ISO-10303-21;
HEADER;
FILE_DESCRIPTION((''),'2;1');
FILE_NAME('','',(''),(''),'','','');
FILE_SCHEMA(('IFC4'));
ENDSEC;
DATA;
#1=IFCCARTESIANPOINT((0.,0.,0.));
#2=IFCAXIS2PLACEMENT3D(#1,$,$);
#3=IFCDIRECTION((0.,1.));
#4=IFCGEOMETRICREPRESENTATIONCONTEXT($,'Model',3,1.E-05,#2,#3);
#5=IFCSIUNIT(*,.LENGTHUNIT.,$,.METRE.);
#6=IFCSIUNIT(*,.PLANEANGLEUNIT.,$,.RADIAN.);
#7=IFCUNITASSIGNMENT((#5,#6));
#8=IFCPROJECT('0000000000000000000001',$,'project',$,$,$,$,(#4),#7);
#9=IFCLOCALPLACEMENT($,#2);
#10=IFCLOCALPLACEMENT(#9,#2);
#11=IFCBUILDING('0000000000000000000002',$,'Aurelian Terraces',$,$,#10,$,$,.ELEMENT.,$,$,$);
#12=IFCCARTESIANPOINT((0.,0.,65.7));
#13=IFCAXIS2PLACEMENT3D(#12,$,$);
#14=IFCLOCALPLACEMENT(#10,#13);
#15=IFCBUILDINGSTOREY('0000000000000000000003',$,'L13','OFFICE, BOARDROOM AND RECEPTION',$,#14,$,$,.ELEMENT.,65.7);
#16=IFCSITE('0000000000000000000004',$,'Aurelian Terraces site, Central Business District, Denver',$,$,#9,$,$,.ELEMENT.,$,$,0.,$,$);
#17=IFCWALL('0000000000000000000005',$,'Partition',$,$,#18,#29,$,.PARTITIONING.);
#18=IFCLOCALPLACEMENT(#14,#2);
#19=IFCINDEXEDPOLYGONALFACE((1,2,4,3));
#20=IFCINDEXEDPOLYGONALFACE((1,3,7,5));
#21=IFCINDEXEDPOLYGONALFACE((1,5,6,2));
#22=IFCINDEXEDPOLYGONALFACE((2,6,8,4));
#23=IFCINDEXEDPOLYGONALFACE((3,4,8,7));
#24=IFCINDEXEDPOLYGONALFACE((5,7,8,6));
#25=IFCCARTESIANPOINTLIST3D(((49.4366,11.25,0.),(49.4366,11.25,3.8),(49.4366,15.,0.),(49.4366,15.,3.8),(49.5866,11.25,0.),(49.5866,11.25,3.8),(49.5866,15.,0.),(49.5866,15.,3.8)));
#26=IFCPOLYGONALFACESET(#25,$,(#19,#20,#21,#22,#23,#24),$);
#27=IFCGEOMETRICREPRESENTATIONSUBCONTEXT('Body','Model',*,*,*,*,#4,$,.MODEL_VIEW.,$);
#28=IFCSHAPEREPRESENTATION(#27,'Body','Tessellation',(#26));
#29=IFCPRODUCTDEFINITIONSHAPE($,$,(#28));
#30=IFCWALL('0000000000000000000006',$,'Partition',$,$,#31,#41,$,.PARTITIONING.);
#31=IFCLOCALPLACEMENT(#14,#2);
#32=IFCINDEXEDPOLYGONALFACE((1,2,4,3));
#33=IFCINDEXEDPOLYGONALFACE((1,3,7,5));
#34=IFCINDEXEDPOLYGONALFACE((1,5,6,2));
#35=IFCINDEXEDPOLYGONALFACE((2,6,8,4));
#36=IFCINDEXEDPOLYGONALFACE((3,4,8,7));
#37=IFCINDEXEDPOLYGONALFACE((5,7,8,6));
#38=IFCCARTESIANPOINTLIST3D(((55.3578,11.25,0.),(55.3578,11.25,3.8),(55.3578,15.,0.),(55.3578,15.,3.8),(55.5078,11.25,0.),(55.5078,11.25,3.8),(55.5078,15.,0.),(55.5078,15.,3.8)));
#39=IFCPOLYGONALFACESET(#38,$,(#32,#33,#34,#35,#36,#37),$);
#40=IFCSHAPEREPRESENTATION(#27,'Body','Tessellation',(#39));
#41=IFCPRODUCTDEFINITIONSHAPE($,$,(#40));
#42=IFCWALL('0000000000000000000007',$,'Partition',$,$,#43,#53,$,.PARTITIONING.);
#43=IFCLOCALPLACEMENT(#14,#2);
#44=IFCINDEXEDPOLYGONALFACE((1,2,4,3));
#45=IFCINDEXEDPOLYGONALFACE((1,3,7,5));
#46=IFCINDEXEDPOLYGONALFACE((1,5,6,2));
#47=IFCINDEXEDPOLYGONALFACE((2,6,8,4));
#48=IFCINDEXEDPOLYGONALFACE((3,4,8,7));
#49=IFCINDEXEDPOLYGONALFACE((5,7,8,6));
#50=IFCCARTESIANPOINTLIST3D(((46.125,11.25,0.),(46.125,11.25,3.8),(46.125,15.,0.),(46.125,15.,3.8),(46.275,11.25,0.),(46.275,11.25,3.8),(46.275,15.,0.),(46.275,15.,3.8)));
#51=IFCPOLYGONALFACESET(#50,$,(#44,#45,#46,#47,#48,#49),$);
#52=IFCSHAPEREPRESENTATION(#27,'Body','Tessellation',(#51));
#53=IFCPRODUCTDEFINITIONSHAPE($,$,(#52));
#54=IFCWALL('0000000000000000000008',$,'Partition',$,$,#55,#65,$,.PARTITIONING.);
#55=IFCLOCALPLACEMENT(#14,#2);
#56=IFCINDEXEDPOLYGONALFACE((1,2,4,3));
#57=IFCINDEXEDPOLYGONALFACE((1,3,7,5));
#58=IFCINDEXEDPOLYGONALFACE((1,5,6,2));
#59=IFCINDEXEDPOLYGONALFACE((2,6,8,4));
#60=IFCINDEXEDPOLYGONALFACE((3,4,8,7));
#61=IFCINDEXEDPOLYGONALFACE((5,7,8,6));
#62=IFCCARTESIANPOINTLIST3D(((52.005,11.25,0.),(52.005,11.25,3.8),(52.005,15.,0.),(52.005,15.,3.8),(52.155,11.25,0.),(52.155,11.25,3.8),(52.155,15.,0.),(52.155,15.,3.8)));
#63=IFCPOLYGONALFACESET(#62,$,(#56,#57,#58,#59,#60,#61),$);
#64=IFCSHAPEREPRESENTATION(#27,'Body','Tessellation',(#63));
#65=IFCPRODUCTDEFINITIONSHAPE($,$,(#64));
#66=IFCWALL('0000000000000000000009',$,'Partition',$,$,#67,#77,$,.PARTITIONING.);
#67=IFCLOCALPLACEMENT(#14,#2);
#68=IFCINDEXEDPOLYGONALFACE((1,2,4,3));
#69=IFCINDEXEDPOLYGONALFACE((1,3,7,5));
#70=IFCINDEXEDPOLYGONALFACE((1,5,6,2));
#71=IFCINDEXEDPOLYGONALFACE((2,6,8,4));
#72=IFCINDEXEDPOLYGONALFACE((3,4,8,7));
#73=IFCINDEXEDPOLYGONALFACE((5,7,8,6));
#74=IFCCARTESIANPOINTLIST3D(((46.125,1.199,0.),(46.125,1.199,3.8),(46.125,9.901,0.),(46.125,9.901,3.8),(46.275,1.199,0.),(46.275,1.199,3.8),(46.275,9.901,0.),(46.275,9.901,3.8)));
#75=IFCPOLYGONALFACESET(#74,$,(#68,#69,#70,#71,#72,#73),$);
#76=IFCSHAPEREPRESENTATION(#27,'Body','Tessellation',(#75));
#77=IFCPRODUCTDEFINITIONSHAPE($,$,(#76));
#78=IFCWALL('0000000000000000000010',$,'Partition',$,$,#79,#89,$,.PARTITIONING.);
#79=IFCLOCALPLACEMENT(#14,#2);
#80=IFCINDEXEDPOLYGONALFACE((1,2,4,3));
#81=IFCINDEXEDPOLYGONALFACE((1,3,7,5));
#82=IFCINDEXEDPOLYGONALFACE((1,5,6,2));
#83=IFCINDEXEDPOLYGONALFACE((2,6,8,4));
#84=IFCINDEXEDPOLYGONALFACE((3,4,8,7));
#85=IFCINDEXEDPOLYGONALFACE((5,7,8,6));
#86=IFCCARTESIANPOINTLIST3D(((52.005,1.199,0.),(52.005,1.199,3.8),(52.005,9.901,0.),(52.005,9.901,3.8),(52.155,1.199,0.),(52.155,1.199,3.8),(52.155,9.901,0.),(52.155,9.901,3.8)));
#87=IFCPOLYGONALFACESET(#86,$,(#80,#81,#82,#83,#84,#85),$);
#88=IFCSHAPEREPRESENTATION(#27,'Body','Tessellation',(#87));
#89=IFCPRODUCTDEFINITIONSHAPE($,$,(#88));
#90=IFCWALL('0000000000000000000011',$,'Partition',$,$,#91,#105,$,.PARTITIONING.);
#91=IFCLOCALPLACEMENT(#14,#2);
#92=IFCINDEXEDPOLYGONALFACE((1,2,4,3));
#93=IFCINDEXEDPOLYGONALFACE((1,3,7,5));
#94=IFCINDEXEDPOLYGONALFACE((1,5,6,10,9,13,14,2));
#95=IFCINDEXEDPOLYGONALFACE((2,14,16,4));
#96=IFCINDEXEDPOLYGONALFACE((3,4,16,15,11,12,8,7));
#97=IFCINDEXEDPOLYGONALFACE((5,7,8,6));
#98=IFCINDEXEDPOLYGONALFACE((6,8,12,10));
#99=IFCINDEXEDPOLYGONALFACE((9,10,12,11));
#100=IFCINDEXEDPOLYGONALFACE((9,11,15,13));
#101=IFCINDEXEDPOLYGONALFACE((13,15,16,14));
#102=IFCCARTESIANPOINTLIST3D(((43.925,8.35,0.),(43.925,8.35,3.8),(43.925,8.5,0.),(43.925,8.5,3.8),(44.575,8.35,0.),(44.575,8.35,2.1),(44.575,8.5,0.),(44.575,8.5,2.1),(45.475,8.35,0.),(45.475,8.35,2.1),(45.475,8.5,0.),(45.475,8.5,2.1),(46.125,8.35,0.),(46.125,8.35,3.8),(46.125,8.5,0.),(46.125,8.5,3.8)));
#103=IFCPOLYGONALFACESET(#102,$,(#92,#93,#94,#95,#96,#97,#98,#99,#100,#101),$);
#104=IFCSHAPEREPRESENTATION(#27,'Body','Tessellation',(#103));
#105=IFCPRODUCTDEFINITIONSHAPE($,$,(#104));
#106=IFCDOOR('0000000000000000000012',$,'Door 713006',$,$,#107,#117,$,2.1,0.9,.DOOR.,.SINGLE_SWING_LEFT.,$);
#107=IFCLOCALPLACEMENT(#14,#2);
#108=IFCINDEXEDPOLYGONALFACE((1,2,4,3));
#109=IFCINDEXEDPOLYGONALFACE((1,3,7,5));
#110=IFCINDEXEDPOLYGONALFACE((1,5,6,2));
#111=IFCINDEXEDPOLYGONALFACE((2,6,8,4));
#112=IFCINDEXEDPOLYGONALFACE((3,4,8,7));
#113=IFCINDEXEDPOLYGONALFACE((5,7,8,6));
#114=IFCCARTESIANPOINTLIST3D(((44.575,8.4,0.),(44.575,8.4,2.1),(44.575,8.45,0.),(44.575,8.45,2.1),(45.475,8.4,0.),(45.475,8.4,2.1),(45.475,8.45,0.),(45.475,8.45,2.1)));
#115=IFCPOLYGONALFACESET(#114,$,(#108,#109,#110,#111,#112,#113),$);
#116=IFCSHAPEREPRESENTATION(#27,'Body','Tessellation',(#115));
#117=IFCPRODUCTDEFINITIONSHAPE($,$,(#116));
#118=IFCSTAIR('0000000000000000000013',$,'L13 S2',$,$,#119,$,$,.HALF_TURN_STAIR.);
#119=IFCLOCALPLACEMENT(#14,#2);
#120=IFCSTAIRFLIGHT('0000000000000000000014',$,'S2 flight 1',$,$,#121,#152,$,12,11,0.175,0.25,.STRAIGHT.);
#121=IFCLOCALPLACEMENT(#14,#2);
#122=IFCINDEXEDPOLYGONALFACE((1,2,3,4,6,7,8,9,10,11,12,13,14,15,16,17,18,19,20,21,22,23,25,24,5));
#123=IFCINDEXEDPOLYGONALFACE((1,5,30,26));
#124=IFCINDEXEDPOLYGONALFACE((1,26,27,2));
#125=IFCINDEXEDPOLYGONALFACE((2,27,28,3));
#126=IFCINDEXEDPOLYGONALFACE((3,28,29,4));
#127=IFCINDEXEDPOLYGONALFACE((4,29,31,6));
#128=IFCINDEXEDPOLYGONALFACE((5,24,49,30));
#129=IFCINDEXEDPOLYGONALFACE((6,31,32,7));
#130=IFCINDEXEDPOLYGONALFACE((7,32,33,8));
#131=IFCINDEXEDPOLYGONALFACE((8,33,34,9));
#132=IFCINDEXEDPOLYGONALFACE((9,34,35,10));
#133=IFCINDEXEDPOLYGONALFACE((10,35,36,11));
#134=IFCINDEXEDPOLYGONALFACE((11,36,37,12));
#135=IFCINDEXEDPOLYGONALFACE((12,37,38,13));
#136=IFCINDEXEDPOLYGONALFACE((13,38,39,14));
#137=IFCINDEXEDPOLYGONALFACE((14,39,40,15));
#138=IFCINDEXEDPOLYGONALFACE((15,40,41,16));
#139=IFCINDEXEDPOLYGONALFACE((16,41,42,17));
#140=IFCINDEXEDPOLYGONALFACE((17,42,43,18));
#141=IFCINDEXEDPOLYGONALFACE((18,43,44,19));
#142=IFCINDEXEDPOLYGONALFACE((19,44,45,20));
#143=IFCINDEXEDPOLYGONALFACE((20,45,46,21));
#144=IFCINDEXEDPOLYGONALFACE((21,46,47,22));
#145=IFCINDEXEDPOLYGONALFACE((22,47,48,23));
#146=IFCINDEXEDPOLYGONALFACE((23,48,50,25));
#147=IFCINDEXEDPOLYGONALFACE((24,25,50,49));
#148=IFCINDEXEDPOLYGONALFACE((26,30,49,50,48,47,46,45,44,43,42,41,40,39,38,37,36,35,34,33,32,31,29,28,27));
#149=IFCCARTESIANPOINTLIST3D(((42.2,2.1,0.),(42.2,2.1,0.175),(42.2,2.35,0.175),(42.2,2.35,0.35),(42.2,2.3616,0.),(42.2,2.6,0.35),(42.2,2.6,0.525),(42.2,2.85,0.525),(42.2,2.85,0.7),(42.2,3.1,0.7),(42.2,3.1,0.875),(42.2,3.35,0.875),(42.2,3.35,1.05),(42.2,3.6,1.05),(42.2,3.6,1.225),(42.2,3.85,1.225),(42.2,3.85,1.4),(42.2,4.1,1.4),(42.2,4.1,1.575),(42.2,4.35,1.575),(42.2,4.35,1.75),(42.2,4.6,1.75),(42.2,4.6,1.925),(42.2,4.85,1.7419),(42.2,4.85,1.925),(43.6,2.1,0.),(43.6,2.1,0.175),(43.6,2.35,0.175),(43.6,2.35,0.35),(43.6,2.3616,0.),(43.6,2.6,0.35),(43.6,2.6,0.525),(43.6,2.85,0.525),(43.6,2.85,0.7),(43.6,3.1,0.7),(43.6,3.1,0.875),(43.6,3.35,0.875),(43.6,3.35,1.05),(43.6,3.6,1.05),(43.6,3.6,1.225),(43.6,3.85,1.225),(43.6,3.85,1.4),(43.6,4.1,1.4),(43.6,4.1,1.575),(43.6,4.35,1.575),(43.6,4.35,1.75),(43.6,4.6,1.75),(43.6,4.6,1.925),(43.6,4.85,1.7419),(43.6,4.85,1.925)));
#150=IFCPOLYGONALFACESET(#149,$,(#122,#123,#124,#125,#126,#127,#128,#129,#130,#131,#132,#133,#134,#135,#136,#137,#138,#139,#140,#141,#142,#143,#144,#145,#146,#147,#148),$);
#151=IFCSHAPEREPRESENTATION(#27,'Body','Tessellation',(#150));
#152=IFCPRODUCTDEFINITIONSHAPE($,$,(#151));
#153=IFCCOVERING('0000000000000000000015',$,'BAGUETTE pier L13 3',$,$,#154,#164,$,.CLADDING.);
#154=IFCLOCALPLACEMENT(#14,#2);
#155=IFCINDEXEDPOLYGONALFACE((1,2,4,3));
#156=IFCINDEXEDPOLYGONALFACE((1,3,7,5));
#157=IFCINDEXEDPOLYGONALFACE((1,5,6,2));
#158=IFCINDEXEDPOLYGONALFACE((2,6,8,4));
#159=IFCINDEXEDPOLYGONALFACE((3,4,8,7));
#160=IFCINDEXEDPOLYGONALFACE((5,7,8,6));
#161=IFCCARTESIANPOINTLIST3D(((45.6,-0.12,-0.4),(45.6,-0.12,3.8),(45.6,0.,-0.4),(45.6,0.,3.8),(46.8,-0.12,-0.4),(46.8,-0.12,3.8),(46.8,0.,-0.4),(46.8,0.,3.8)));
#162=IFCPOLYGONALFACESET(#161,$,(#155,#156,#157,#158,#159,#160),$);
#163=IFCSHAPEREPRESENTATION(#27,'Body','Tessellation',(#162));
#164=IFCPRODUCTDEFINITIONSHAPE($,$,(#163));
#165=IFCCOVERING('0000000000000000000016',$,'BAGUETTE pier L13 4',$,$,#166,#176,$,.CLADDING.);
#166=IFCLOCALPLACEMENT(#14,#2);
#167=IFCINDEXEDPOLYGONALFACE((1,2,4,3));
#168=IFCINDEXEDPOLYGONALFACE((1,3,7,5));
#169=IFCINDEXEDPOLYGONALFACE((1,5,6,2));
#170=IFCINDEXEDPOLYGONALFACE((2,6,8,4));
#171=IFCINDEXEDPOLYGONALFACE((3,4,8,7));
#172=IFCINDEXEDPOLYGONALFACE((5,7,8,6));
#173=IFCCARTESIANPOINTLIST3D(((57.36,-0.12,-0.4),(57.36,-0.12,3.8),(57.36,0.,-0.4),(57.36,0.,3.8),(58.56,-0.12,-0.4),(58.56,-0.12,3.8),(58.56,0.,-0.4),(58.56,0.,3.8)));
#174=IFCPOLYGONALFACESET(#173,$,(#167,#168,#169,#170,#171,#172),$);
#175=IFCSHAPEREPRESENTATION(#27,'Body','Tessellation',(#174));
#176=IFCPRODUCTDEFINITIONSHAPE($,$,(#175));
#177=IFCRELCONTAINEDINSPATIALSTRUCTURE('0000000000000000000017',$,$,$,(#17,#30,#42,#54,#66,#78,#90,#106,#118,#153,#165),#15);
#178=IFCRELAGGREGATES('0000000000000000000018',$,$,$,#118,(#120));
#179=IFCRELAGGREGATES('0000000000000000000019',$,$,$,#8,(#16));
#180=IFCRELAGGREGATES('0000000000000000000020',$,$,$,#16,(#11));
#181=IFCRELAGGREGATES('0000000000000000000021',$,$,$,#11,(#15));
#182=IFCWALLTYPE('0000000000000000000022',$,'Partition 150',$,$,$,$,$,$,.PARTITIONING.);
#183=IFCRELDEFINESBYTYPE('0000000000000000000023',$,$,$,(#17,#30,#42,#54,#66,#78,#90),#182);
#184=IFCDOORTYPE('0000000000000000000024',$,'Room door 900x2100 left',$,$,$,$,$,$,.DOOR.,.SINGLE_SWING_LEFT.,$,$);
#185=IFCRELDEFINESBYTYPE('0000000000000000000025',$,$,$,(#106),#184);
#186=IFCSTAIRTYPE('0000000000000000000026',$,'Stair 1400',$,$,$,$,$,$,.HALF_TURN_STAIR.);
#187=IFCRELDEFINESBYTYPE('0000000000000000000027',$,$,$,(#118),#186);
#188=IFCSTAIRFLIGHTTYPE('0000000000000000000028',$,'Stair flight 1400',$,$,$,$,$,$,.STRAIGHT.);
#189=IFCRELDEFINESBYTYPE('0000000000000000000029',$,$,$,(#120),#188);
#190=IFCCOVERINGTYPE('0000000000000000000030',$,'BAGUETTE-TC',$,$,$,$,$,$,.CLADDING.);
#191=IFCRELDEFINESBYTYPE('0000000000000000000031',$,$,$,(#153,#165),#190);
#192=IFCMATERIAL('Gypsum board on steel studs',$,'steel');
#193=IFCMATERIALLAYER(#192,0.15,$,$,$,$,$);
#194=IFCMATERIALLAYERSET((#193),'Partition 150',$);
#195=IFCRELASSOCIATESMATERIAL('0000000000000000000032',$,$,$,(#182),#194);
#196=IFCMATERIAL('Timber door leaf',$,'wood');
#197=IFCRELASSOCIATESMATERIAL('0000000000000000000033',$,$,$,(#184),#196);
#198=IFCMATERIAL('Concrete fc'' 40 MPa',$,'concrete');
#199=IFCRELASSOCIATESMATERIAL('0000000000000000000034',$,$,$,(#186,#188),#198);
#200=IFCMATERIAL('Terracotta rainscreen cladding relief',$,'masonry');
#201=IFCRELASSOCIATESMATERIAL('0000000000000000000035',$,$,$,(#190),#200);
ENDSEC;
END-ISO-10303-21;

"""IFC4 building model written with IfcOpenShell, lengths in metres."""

from ifc_helpers import new_model, si_unit, direction, frame, frame_2d, origin, origin_2d, place, context, subcontext, project, spatial, polyline, rectangle, outline, extrude, source, transform, mapped, material, layer, layer_set, type_object, element, fill, aggregate, save


model = new_model("IFC4")

# Units and contexts
model_context = context("Model", 3, precision=1e-05, world=origin(), true_north=direction((0.0, 1.0)))
body_context = subcontext(model_context, "Body", "Model", "MODEL_VIEW")
ifc_project = project(units=[si_unit("LENGTHUNIT", "METRE"), si_unit("PLANEANGLEUNIT", "RADIAN")], contexts=[model_context])

# Site, building, storey
site_placement = place(None, origin())
site = spatial("IfcSite", under=ifc_project, at=site_placement, Name="Aurelian Terraces site, Central Business District, Denver", CompositionType="ELEMENT", RefElevation=0.0)
building_placement = place(site_placement, origin())
building = spatial("IfcBuilding", under=site, at=building_placement, Name="Aurelian Terraces", CompositionType="ELEMENT")
storey_placement = place(building_placement, frame((0.0, 0.0, 65.7)))
storey = spatial("IfcBuildingStorey", under=building, at=storey_placement, Name="L13", Description="OFFICE, BOARDROOM AND RECEPTION", CompositionType="ELEMENT", Elevation=65.7)

# Walls
ifc_material_1 = material(Name="Concrete fc' 40 MPa", Category="concrete")
ifc_material_2 = material(Name="Gypsum board on steel studs", Category="steel")
ifc_layer_1 = layer(ifc_material_2, 0.15)
ifc_layer_set_1 = layer_set([ifc_layer_1], Name="Partition 150")
wall_type_1 = type_object("IfcWallType", Name="Partition 150", PredefinedType="PARTITIONING", material=ifc_layer_set_1)
shared_shape_1 = source(origin(), body_context, "Body", "SweptSolid", [
    extrude(rectangle(XDim=3.75, YDim=0.15, at=frame_2d((1.875, 0.0))), origin(), (0.0, 0.0, 1.0), 3.8),
])
for number, where, z_axis, x_axis, name in (
    (1, (49.5116, 11.25, 0.0), (0.0, 0.0, 1.0), (0.0, 1.0, 0.0), "Partition"),
    (2, (55.4328, 11.25, 0.0), (0.0, 0.0, 1.0), (0.0, 1.0, 0.0), "Partition"),
    (3, (46.2, 11.25, 0.0), (0.0, 0.0, 1.0), (0.0, 1.0, 0.0), "Partition"),
    (4, (52.08, 11.25, 0.0), (0.0, 0.0, 1.0), (0.0, 1.0, 0.0), "Partition"),
):
    element("IfcWall", number, at=place(storey_placement, frame(where, z_axis=z_axis, x_axis=x_axis)), inside=storey, type_object=wall_type_1, Name=name, PredefinedType="PARTITIONING", context=body_context, shape_type="MappedRepresentation", body=[
        mapped(shared_shape_1, transform((0.0, 0.0, 0.0), scale=1.0)),
    ])
shared_shape_2 = source(origin(), body_context, "Body", "SweptSolid", [
    extrude(rectangle(XDim=8.702, YDim=0.15, at=frame_2d((4.351, 0.0))), origin(), (0.0, 0.0, 1.0), 3.8),
])
for number, where, z_axis, x_axis, name in (
    (5, (46.2, 1.199, 0.0), (0.0, 0.0, 1.0), (0.0, 1.0, 0.0), "Partition"),
    (6, (52.08, 1.199, 0.0), (0.0, 0.0, 1.0), (0.0, 1.0, 0.0), "Partition"),
):
    element("IfcWall", number, at=place(storey_placement, frame(where, z_axis=z_axis, x_axis=x_axis)), inside=storey, type_object=wall_type_1, Name=name, PredefinedType="PARTITIONING", context=body_context, shape_type="MappedRepresentation", body=[
        mapped(shared_shape_2, transform((0.0, 0.0, 0.0), scale=1.0)),
    ])

# Wall, opening, door
shared_shape_3 = source(origin(), body_context, "Body", "SweptSolid", [
    extrude(rectangle(XDim=2.2, YDim=0.15, at=frame_2d((1.1, 0.0))), origin(), (0.0, 0.0, 1.0), 3.8),
])
wall_1_placement = place(storey_placement, frame((46.125, 8.425, 0.0), z_axis=(0.0, 0.0, 1.0), x_axis=(-1.0, 0.0, 0.0)))
wall_1 = element("IfcWall", 7, at=wall_1_placement, inside=storey, type_object=wall_type_1, Name="Partition", PredefinedType="PARTITIONING", context=body_context, shape_type="MappedRepresentation", body=[
    mapped(shared_shape_3, transform((0.0, 0.0, 0.0), scale=1.0)),
])
shared_shape_4 = source(origin(), body_context, "Body", "SweptSolid", [
    extrude(rectangle(XDim=0.9, YDim=2.1, at=frame_2d((0.45, 1.05))), frame((0.0, 0.085, 0.0), z_axis=(0.0, -1.0, 0.0), x_axis=(1.0, 0.0, 0.0)), (0.0, 0.0, 1.0), 0.17),
])
opening_1_placement = place(wall_1_placement, frame((0.65, 0.0, 0.0)))
opening_1 = element("IfcOpeningElement", 8, at=opening_1_placement, cuts=wall_1, PredefinedType="OPENING", context=body_context, shape_type="MappedRepresentation", body=[
    mapped(shared_shape_4, transform((0.0, 0.0, 0.0), scale=1.0)),
])
ifc_material_3 = material(Name="Timber door leaf", Category="wood")
door_type = type_object("IfcDoorType", Name="Room door 900x2100 left", OperationType="SINGLE_SWING_LEFT", PredefinedType="DOOR", material=ifc_material_3)
shared_shape_5 = source(origin(), body_context, "Body", "SweptSolid", [
    extrude(rectangle(XDim=0.9, YDim=2.1, at=frame_2d((0.45, 1.05))), frame((0.0, 0.025, 0.0), z_axis=(0.0, -1.0, 0.0), x_axis=(1.0, 0.0, 0.0)), (0.0, 0.0, 1.0), 0.05),
])
door_placement = place(opening_1_placement, origin())
door = element("IfcDoor", 9, at=door_placement, inside=storey, type_object=door_type, Name="Door 713006", OperationType="SINGLE_SWING_LEFT", OverallHeight=2.1, OverallWidth=0.9, PredefinedType="DOOR", context=body_context, shape_type="MappedRepresentation", body=[
    mapped(shared_shape_5, transform((0.0, 0.0, 0.0), scale=1.0)),
])
fill(opening_1, door)

# Stair, stair flight
stair_type = type_object("IfcStairType", Name="Stair 1400", PredefinedType="HALF_TURN_STAIR", material=ifc_material_1)
stair_placement = place(storey_placement, origin())
stair = element("IfcStair", 10, at=stair_placement, inside=storey, type_object=stair_type, Name="L13 S2", PredefinedType="HALF_TURN_STAIR")
stair_flight_type = type_object("IfcStairFlightType", Name="Stair flight 1400", PredefinedType="STRAIGHT", material=ifc_material_1)
shared_shape_6 = source(origin(), body_context, "Body", "SweptSolid", [
    extrude(outline(polyline([(0.0, 0.0), (0.0, 0.175), (0.25, 0.175), (0.25, 0.35), (0.5, 0.35), (0.5, 0.525), (0.75, 0.525), (0.75, 0.7), (1.0, 0.7), (1.0, 0.875), (1.25, 0.875), (1.25, 1.05), (1.5, 1.05), (1.5, 1.225), (1.75, 1.225), (1.75, 1.4), (2.0, 1.4), (2.0, 1.575), (2.25, 1.575), (2.25, 1.75), (2.5, 1.75), (2.5, 1.925), (2.75, 1.925), (2.75, 2.1), (2.75, 1.7419), (0.2616, 0.0), (0.0, 0.0)])), frame((0.0, 0.7, 0.0), z_axis=(0.0, -1.0, 0.0), x_axis=(1.0, 0.0, 0.0)), (0.0, 0.0, 1.0), 1.4),
])
stair_flight_placement = place(storey_placement, frame((42.9, 2.1, 0.0), z_axis=(0.0, 0.0, 1.0), x_axis=(0.0, 1.0, 0.0)))
stair_flight = element("IfcStairFlight", 11, at=stair_flight_placement, type_object=stair_flight_type, Name="S2 flight 1", NumberOfRisers=12, NumberOfTreads=11, PredefinedType="STRAIGHT", RiserHeight=0.175, TreadLength=0.25, context=body_context, shape_type="MappedRepresentation", body=[
    mapped(shared_shape_6, transform((0.0, 0.0, 0.0), scale=1.0)),
])
aggregate(stair, [stair_flight])

# Coverings
ifc_material_4 = material(Name="Terracotta rainscreen cladding relief", Category="masonry")
covering_type = type_object("IfcCoveringType", Name="BAGUETTE-TC", PredefinedType="CLADDING", material=ifc_material_4)
shared_shape_7 = source(origin(), body_context, "Body", "SweptSolid", [
    extrude(rectangle(XDim=1.2, YDim=0.12, at=origin_2d()), origin(), (0.0, 0.0, 1.0), 4.2),
])
for number, where, z_axis, x_axis, name in (
    (12, (46.2, -0.06, -0.4), (0.0, 0.0, 1.0), (1.0, 0.0, 0.0), "BAGUETTE pier L13 3"),
    (13, (57.96, -0.06, -0.4), (0.0, 0.0, 1.0), (1.0, 0.0, 0.0), "BAGUETTE pier L13 4"),
):
    element("IfcCovering", number, at=place(storey_placement, frame(where, z_axis=z_axis, x_axis=x_axis)), inside=storey, type_object=covering_type, Name=name, PredefinedType="CLADDING", context=body_context, shape_type="MappedRepresentation", body=[
        mapped(shared_shape_7, transform((0.0, 0.0, 0.0), scale=1.0)),
    ])

save(model, "model.ifc")
